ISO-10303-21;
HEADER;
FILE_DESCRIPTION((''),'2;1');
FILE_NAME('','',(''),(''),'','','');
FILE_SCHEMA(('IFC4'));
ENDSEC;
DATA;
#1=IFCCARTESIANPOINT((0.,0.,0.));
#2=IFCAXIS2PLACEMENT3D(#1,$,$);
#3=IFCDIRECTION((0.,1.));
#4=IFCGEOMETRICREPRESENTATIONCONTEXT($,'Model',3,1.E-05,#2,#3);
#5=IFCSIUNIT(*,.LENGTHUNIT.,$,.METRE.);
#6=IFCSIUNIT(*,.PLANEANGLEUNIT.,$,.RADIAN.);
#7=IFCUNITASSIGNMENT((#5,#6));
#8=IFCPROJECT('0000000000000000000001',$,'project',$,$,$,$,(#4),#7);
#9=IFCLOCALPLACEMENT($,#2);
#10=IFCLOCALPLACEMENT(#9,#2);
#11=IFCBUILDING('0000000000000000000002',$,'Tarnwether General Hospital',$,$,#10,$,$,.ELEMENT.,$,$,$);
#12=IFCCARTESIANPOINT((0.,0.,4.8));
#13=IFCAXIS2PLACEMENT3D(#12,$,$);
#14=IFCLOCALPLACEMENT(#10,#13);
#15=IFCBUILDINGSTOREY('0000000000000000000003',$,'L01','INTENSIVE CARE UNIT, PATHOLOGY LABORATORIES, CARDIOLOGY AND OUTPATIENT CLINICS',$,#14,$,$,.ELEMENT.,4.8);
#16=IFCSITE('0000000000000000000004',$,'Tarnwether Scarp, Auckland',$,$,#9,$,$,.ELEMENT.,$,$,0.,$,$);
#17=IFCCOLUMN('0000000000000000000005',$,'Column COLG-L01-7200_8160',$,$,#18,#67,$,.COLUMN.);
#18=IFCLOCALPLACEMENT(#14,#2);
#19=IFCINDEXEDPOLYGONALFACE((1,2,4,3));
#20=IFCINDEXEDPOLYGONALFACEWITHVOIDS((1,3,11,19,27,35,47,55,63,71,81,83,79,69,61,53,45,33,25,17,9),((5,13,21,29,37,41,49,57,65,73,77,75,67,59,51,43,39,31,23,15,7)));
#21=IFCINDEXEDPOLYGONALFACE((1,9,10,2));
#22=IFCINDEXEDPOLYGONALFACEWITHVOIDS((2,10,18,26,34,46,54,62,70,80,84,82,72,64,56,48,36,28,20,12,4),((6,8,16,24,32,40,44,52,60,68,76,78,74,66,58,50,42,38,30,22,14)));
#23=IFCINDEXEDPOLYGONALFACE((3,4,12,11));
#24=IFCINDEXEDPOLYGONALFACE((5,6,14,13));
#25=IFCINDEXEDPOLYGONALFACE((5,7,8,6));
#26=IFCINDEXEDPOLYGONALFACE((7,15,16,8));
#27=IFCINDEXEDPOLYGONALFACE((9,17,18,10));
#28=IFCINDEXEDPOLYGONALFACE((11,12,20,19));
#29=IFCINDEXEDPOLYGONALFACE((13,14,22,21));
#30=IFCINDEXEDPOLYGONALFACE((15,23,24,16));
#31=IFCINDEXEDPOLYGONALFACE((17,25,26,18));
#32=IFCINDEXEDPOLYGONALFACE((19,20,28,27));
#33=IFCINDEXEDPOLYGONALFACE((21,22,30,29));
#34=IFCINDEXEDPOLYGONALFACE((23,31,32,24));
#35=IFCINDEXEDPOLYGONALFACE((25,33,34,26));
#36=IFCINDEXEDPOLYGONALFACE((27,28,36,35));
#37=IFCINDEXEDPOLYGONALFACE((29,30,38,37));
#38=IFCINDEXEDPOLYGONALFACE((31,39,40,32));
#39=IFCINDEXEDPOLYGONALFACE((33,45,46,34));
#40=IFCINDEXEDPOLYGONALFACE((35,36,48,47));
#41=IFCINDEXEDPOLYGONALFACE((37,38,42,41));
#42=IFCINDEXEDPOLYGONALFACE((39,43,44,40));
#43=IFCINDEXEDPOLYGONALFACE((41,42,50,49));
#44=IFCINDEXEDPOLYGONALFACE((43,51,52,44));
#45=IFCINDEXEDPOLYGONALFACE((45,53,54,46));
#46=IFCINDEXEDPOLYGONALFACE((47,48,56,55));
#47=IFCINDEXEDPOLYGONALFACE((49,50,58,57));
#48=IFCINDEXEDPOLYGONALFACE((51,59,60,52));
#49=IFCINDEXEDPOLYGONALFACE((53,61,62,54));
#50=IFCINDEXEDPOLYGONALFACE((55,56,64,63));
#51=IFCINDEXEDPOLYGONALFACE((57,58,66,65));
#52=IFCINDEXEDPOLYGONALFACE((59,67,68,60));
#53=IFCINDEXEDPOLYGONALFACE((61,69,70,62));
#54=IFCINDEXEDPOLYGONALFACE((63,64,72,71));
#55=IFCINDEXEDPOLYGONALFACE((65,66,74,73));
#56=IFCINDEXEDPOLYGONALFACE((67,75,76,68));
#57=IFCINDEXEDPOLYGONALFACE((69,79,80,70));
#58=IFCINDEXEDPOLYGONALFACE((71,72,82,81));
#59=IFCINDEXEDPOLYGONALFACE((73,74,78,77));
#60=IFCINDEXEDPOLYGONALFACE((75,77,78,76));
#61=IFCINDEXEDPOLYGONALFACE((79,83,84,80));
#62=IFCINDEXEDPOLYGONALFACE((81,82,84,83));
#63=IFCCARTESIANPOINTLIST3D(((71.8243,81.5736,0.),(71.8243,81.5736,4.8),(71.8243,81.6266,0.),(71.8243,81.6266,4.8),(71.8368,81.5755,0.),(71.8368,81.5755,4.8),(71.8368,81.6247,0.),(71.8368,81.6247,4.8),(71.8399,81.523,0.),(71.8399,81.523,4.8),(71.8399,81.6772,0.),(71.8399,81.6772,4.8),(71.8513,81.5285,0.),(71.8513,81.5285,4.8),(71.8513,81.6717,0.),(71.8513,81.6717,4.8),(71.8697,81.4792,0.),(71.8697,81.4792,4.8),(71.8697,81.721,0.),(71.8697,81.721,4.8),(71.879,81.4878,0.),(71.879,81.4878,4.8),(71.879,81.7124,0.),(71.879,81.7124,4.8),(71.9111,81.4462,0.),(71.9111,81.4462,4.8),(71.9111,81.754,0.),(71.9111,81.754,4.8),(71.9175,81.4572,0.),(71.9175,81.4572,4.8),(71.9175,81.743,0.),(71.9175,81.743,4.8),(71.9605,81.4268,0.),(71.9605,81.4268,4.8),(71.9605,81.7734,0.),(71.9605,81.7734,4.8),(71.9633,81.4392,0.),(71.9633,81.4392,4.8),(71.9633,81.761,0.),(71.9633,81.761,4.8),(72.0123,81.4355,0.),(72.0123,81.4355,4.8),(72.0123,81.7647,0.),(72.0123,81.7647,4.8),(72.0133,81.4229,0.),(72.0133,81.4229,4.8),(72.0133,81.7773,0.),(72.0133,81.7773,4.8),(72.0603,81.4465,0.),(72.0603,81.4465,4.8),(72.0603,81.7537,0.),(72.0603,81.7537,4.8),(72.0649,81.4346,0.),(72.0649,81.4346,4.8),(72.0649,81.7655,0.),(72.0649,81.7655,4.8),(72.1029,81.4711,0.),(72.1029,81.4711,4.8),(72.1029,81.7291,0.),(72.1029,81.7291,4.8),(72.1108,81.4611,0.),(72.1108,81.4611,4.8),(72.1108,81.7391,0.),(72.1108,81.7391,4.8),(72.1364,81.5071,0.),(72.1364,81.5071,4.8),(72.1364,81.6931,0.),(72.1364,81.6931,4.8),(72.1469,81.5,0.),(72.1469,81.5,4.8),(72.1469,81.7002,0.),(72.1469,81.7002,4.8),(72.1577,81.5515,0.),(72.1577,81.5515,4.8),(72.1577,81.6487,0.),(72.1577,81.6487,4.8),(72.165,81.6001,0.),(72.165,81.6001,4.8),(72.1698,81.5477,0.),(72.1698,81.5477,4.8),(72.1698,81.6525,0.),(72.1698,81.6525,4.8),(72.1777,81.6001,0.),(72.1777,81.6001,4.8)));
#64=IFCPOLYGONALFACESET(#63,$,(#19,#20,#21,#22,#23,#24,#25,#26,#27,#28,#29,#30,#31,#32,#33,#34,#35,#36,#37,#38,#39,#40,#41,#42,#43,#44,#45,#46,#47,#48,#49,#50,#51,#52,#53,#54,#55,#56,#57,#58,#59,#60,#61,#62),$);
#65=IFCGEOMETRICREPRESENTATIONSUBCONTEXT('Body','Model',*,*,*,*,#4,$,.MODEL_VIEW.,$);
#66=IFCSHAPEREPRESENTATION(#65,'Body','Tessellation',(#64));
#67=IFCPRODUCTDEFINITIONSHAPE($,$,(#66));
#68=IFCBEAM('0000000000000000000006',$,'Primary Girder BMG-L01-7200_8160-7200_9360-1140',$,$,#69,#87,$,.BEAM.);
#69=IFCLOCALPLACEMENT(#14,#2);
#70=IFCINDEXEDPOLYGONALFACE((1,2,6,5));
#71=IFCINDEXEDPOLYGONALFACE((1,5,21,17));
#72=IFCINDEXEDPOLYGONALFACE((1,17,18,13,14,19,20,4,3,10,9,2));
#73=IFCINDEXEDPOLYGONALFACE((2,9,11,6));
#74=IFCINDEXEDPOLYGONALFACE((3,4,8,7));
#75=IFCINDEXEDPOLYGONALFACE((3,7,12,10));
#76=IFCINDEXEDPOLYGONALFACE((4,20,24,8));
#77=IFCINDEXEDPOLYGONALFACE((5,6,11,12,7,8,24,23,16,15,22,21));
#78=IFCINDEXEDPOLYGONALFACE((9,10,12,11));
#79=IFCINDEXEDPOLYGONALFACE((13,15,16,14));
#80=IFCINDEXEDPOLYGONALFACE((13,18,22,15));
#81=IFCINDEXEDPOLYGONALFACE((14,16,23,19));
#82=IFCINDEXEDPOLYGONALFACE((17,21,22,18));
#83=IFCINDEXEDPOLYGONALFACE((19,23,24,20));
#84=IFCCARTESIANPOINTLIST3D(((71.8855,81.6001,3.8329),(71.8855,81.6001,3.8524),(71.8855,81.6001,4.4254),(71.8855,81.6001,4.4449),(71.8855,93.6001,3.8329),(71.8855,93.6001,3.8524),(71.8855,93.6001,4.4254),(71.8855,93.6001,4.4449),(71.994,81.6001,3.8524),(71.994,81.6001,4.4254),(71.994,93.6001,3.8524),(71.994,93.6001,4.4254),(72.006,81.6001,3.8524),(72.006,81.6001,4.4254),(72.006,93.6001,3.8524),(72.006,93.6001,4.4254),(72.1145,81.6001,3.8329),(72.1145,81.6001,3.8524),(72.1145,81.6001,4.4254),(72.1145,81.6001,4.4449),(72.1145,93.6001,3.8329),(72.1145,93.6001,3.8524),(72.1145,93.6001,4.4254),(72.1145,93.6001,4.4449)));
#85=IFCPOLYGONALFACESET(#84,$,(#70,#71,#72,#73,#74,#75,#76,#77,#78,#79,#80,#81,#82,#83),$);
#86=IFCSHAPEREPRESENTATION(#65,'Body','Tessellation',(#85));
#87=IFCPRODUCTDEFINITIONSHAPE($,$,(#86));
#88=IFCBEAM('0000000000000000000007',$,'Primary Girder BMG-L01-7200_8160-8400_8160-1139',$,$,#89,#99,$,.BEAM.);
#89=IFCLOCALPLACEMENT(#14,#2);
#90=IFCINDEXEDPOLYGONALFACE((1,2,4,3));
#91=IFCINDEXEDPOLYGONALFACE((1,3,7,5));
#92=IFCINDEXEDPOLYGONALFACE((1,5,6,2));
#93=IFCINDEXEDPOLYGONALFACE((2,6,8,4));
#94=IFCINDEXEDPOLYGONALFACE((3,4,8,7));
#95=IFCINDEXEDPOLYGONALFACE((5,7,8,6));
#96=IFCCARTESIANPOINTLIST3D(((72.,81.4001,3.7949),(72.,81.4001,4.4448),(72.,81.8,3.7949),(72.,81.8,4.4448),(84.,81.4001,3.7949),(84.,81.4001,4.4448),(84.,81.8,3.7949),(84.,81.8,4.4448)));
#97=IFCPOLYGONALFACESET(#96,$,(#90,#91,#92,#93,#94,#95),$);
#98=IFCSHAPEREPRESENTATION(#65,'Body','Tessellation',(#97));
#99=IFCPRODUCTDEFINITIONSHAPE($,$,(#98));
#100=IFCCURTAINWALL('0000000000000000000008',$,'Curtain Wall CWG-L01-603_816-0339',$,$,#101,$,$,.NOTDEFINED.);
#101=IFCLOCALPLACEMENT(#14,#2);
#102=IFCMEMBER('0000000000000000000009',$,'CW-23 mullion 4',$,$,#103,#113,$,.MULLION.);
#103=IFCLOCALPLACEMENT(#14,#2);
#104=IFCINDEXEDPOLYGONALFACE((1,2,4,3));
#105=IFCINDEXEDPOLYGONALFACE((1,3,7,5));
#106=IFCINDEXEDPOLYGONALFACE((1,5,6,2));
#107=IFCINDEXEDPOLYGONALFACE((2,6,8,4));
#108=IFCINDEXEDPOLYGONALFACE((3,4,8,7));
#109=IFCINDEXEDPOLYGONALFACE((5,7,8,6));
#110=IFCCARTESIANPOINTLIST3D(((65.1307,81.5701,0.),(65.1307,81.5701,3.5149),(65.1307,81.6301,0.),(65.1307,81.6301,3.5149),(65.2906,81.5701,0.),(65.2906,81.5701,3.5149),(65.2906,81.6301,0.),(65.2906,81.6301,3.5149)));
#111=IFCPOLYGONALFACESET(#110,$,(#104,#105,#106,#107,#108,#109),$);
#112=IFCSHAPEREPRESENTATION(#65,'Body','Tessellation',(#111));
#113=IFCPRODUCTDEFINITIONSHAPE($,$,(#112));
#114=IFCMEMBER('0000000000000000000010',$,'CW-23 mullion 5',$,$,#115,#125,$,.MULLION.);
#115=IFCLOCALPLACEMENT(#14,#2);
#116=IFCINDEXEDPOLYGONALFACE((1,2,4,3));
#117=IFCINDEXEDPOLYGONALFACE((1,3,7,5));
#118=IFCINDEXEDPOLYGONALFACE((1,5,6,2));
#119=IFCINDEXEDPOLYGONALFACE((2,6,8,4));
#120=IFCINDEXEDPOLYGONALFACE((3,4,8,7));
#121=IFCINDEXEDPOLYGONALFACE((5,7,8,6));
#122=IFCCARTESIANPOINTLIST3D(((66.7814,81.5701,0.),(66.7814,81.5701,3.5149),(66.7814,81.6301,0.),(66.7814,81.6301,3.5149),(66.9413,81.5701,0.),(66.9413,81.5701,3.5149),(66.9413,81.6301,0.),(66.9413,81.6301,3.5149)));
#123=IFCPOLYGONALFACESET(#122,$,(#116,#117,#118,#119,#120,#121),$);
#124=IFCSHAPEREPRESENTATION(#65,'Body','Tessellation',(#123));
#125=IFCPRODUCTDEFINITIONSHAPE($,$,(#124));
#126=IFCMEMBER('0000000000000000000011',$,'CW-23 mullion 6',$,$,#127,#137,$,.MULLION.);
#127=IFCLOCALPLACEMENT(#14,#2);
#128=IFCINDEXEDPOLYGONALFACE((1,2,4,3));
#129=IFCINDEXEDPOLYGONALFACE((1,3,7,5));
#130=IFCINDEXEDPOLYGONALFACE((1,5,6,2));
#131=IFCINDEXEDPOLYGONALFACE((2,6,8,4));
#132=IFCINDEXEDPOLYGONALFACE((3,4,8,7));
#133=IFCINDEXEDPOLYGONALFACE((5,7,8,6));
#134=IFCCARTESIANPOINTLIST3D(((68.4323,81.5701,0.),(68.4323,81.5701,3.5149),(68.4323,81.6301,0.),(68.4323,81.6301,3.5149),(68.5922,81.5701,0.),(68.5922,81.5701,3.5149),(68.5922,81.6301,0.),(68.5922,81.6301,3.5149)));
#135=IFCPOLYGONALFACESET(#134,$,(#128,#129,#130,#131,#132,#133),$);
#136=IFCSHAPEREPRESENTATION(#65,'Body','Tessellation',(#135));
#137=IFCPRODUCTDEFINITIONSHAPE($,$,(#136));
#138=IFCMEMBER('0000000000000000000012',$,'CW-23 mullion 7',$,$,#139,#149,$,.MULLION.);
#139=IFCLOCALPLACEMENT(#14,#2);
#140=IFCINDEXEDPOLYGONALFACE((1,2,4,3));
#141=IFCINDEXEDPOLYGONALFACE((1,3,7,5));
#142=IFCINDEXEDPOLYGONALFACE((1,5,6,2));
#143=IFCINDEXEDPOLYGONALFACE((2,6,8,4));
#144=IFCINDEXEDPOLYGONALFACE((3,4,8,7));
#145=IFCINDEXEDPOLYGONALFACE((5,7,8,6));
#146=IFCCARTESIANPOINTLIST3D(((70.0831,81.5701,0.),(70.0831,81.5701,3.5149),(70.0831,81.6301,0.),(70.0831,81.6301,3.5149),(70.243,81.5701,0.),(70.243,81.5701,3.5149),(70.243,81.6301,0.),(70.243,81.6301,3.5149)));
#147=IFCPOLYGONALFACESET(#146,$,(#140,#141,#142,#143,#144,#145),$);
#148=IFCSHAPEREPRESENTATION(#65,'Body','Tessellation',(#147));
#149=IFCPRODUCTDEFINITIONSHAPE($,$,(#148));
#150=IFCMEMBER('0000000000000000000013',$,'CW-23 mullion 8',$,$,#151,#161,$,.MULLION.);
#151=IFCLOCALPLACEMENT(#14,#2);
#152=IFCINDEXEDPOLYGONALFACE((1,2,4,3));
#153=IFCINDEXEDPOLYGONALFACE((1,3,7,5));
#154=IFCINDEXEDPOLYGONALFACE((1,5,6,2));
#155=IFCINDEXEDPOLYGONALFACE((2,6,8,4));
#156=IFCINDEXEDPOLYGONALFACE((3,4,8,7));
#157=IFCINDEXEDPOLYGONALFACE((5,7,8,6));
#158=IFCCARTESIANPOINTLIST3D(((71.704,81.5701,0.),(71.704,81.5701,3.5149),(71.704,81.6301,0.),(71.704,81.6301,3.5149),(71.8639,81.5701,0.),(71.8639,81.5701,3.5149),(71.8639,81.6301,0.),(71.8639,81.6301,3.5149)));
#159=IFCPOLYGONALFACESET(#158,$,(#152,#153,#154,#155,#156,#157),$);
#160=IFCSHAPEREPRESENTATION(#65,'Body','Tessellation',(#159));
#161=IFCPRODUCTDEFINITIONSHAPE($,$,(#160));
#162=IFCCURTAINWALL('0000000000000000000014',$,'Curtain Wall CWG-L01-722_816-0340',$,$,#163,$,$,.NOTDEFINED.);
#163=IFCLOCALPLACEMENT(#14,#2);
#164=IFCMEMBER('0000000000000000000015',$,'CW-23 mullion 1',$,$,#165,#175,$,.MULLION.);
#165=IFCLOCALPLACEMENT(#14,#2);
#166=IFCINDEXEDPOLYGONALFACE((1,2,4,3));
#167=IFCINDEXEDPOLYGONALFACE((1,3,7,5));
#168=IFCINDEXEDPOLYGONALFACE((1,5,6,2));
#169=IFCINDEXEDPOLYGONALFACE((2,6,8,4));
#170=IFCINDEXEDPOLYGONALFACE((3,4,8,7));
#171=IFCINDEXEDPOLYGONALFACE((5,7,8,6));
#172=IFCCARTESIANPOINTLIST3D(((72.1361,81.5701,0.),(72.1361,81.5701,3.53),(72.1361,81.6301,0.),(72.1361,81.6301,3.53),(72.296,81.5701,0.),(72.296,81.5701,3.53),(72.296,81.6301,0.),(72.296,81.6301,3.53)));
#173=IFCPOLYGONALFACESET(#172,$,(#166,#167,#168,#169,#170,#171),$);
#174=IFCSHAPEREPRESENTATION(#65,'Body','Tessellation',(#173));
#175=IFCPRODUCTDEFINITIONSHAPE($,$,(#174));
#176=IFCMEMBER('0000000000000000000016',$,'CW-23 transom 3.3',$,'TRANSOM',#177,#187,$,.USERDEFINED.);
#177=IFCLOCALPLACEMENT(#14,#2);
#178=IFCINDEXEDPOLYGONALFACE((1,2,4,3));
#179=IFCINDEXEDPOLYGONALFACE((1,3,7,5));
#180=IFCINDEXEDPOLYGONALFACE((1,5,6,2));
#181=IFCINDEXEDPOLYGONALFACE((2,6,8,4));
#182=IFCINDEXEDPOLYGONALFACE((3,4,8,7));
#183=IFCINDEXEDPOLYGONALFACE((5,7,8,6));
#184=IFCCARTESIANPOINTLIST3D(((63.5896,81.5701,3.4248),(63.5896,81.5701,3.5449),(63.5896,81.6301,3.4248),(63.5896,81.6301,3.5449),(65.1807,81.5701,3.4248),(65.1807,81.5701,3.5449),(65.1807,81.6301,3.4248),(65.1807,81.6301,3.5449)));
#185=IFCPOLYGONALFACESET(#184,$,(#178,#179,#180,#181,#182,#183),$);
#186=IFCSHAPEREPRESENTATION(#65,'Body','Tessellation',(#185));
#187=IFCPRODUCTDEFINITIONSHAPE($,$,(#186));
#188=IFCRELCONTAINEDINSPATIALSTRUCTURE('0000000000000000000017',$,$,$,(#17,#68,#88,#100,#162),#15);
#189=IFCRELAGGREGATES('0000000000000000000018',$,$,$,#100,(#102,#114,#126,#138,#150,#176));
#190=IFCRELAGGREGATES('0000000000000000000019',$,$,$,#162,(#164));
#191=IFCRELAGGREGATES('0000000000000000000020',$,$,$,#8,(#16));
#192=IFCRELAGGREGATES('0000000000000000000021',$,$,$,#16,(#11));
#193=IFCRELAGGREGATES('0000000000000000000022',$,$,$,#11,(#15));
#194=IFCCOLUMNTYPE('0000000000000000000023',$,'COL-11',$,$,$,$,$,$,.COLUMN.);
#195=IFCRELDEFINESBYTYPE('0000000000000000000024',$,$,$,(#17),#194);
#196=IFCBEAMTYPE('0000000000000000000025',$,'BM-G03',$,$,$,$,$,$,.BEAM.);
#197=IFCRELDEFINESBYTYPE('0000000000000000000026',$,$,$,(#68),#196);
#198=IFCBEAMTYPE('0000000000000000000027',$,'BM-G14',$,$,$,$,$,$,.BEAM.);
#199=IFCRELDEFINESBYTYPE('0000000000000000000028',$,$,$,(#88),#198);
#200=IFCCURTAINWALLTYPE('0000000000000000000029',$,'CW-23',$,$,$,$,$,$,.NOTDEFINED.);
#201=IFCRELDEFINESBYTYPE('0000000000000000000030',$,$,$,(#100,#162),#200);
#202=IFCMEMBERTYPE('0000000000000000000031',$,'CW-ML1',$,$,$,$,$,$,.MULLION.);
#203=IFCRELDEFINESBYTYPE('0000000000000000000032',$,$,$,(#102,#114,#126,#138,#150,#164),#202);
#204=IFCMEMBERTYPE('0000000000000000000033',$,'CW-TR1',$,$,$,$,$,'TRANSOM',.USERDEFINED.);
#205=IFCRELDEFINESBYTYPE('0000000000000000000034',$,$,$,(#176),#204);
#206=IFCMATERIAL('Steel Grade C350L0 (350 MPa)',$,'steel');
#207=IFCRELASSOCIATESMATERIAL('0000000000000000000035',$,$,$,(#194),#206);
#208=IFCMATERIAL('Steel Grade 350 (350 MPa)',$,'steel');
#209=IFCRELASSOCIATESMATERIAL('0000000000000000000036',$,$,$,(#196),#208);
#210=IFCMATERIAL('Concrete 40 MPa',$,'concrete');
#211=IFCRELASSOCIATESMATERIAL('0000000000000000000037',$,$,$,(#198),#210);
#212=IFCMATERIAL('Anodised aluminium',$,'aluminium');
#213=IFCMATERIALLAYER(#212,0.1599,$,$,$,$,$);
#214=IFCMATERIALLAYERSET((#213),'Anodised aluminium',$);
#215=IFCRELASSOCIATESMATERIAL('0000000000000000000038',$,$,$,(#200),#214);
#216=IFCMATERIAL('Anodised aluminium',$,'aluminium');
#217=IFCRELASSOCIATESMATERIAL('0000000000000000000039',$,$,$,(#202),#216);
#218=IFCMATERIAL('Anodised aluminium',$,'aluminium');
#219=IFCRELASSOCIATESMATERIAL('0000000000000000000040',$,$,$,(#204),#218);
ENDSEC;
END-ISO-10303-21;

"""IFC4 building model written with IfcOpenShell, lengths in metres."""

from ifc_helpers import new_model, si_unit, direction, frame, origin, origin_2d, place, context, subcontext, project, spatial, rectangle, hollow_circle, i_section, extrude, material, layer, layer_set, material_profile, profile_set, type_object, element, aggregate, save


model = new_model("IFC4")

# Units and contexts
model_context = context("Model", 3, precision=1e-05, world=origin(), true_north=direction((0.0, 1.0)))
body_context = subcontext(model_context, "Body", "Model", "MODEL_VIEW")
ifc_project = project(units=[si_unit("LENGTHUNIT", "METRE"), si_unit("PLANEANGLEUNIT", "RADIAN")], contexts=[model_context])

# Site, building, storey
site_placement = place(None, origin())
site = spatial("IfcSite", under=ifc_project, at=site_placement, Name="Tarnwether Scarp, Auckland", CompositionType="ELEMENT", RefElevation=0.0)
building_placement = place(site_placement, origin())
building = spatial("IfcBuilding", under=site, at=building_placement, Name="Tarnwether General Hospital", CompositionType="ELEMENT")
storey_placement = place(building_placement, frame((0.0, 0.0, 4.8)))
storey = spatial("IfcBuildingStorey", under=building, at=storey_placement, Name="L01", Description="INTENSIVE CARE UNIT, PATHOLOGY LABORATORIES, CARDIOLOGY AND OUTPATIENT CLINICS", CompositionType="ELEMENT", Elevation=4.8)

# Column
ifc_material_1 = material(Name="Steel Grade C350L0 (350 MPa)", Category="steel")
ifc_material_profile_1 = material_profile(ifc_material_1, hollow_circle(Radius=0.1777, WallThickness=0.0127, at=origin_2d()), Name="CHS355.6x12.7")
ifc_profile_set_1 = profile_set([ifc_material_profile_1], Name="Steel Grade C350L0 (350 MPa)")
column_type = type_object("IfcColumnType", Name="COL-11", PredefinedType="COLUMN", material=ifc_profile_set_1)
column_placement = place(storey_placement, frame((72.0, 81.6001, 0.0), z_axis=(0.0, 0.0, 1.0), x_axis=(1.0, 0.0, 0.0)))
element("IfcColumn", 1, at=column_placement, inside=storey, type_object=column_type, Name="Column COLG-L01-7200_8160", PredefinedType="COLUMN", context=body_context, shape_type="SweptSolid", body=[
    extrude(hollow_circle(Radius=0.1777, WallThickness=0.0127, at=origin_2d()), origin(), (0.0, 0.0, 1.0), 4.8),
])

# Beams
ifc_material_2 = material(Name="Steel Grade 350 (350 MPa)", Category="steel")
ifc_material_profile_2 = material_profile(ifc_material_2, i_section(OverallWidth=0.229, OverallDepth=0.6121, WebThickness=0.012, FlangeThickness=0.0195, at=origin_2d()), Name="610UB125")
ifc_profile_set_2 = profile_set([ifc_material_profile_2], Name="Steel Grade 350 (350 MPa)")
beam_type_1 = type_object("IfcBeamType", Name="BM-G03", PredefinedType="BEAM", material=ifc_profile_set_2)
beam_1_placement = place(storey_placement, frame((72.0, 81.6001, 4.1389), z_axis=(0.0, 1.0, 0.0), x_axis=(-1.0, 0.0, 0.0)))
element("IfcBeam", 2, at=beam_1_placement, inside=storey, type_object=beam_type_1, Name="Primary Girder BMG-L01-7200_8160-7200_9360-1140", PredefinedType="BEAM", context=body_context, shape_type="SweptSolid", body=[
    extrude(i_section(OverallWidth=0.229, OverallDepth=0.6121, WebThickness=0.012, FlangeThickness=0.0195, at=origin_2d()), origin(), (0.0, 0.0, 1.0), 12.0),
])
ifc_material_3 = material(Name="Concrete 40 MPa", Category="concrete")
ifc_material_profile_3 = material_profile(ifc_material_3, rectangle(XDim=0.3999, YDim=0.6499, at=origin_2d()), Name="RC-BM-400x650")
ifc_profile_set_3 = profile_set([ifc_material_profile_3], Name="Concrete 40 MPa")
beam_type_2 = type_object("IfcBeamType", Name="BM-G14", PredefinedType="BEAM", material=ifc_profile_set_3)
beam_2_placement = place(storey_placement, frame((72.0, 81.6001, 4.1199), z_axis=(1.0, 0.0, 0.0), x_axis=(0.0, 1.0, 0.0)))
element("IfcBeam", 3, at=beam_2_placement, inside=storey, type_object=beam_type_2, Name="Primary Girder BMG-L01-7200_8160-8400_8160-1139", PredefinedType="BEAM", context=body_context, shape_type="SweptSolid", body=[
    extrude(rectangle(XDim=0.3999, YDim=0.6499, at=origin_2d()), origin(), (0.0, 0.0, 1.0), 12.0),
])

# Curtain wall, members
ifc_material_4 = material(Name="Anodised aluminium", Category="aluminium")
ifc_layer_1 = layer(ifc_material_4, 0.1599)
ifc_layer_set_1 = layer_set([ifc_layer_1], Name="Anodised aluminium")
curtain_wall_type = type_object("IfcCurtainWallType", Name="CW-23", PredefinedType="NOTDEFINED", material=ifc_layer_set_1)
curtain_wall_1_placement = place(storey_placement, origin())
curtain_wall_1 = element("IfcCurtainWall", 4, at=curtain_wall_1_placement, inside=storey, type_object=curtain_wall_type, Name="Curtain Wall CWG-L01-603_816-0339", PredefinedType="NOTDEFINED")
ifc_material_5 = material(Name="Anodised aluminium", Category="aluminium")
ifc_material_profile_4 = material_profile(ifc_material_5, rectangle(XDim=0.0601, YDim=0.1599, at=origin_2d()), Name="ALU-MUL-60x160")
ifc_profile_set_4 = profile_set([ifc_material_profile_4], Name="Anodised aluminium")
member_type_1 = type_object("IfcMemberType", Name="CW-ML1", PredefinedType="MULLION", material=ifc_profile_set_4)
member_1_placement = place(storey_placement, frame((65.2107, 81.6001, 0.0), z_axis=(0.0, 0.0, 1.0), x_axis=(0.0, 1.0, 0.0)))
member_1 = element("IfcMember", 5, at=member_1_placement, type_object=member_type_1, Name="CW-23 mullion 4", PredefinedType="MULLION", context=body_context, shape_type="SweptSolid", body=[
    extrude(rectangle(XDim=0.0601, YDim=0.1599, at=origin_2d()), origin(), (0.0, 0.0, 1.0), 3.5149),
])
member_2_placement = place(storey_placement, frame((66.8613, 81.6001, 0.0), z_axis=(0.0, 0.0, 1.0), x_axis=(0.0, 1.0, 0.0)))
member_2 = element("IfcMember", 6, at=member_2_placement, type_object=member_type_1, Name="CW-23 mullion 5", PredefinedType="MULLION", context=body_context, shape_type="SweptSolid", body=[
    extrude(rectangle(XDim=0.0601, YDim=0.1599, at=origin_2d()), origin(), (0.0, 0.0, 1.0), 3.5149),
])
member_3_placement = place(storey_placement, frame((68.5122, 81.6001, 0.0), z_axis=(0.0, 0.0, 1.0), x_axis=(0.0, 1.0, 0.0)))
member_3 = element("IfcMember", 7, at=member_3_placement, type_object=member_type_1, Name="CW-23 mullion 6", PredefinedType="MULLION", context=body_context, shape_type="SweptSolid", body=[
    extrude(rectangle(XDim=0.0601, YDim=0.1599, at=origin_2d()), origin(), (0.0, 0.0, 1.0), 3.5149),
])
member_4_placement = place(storey_placement, frame((70.1631, 81.6001, 0.0), z_axis=(0.0, 0.0, 1.0), x_axis=(0.0, 1.0, 0.0)))
member_4 = element("IfcMember", 8, at=member_4_placement, type_object=member_type_1, Name="CW-23 mullion 7", PredefinedType="MULLION", context=body_context, shape_type="SweptSolid", body=[
    extrude(rectangle(XDim=0.0601, YDim=0.1599, at=origin_2d()), origin(), (0.0, 0.0, 1.0), 3.5149),
])
member_5_placement = place(storey_placement, frame((71.7839, 81.6001, 0.0), z_axis=(0.0, 0.0, 1.0), x_axis=(0.0, 1.0, 0.0)))
member_5 = element("IfcMember", 9, at=member_5_placement, type_object=member_type_1, Name="CW-23 mullion 8", PredefinedType="MULLION", context=body_context, shape_type="SweptSolid", body=[
    extrude(rectangle(XDim=0.0601, YDim=0.1599, at=origin_2d()), origin(), (0.0, 0.0, 1.0), 3.5149),
])

# Curtain wall, member
curtain_wall_2_placement = place(storey_placement, origin())
curtain_wall_2 = element("IfcCurtainWall", 10, at=curtain_wall_2_placement, inside=storey, type_object=curtain_wall_type, Name="Curtain Wall CWG-L01-722_816-0340", PredefinedType="NOTDEFINED")
member_6_placement = place(storey_placement, frame((72.2161, 81.6001, 0.0), z_axis=(0.0, 0.0, 1.0), x_axis=(0.0, 1.0, 0.0)))
member_6 = element("IfcMember", 11, at=member_6_placement, type_object=member_type_1, Name="CW-23 mullion 1", PredefinedType="MULLION", context=body_context, shape_type="SweptSolid", body=[
    extrude(rectangle(XDim=0.0601, YDim=0.1599, at=origin_2d()), origin(), (0.0, 0.0, 1.0), 3.53),
])

# Member
ifc_material_6 = material(Name="Anodised aluminium", Category="aluminium")
ifc_material_profile_5 = material_profile(ifc_material_6, rectangle(XDim=0.0601, YDim=0.1201, at=origin_2d()), Name="ALU-TRN-60x120")
ifc_profile_set_5 = profile_set([ifc_material_profile_5], Name="Anodised aluminium")
member_type_2 = type_object("IfcMemberType", Name="CW-TR1", ElementType="TRANSOM", PredefinedType="USERDEFINED", material=ifc_profile_set_5)
member_7_placement = place(storey_placement, frame((63.5896, 81.6001, 3.4849), z_axis=(1.0, 0.0, 0.0), x_axis=(0.0, 1.0, 0.0)))
member_7 = element("IfcMember", 12, at=member_7_placement, type_object=member_type_2, Name="CW-23 transom 3.3", ObjectType="TRANSOM", PredefinedType="USERDEFINED", context=body_context, shape_type="SweptSolid", body=[
    extrude(rectangle(XDim=0.0601, YDim=0.1201, at=origin_2d()), origin(), (0.0, 0.0, 1.0), 1.5911),
])

aggregate(curtain_wall_1, [member_1, member_2, member_3, member_4, member_5, member_7])
aggregate(curtain_wall_2, [member_6])

save(model, "model.ifc")
